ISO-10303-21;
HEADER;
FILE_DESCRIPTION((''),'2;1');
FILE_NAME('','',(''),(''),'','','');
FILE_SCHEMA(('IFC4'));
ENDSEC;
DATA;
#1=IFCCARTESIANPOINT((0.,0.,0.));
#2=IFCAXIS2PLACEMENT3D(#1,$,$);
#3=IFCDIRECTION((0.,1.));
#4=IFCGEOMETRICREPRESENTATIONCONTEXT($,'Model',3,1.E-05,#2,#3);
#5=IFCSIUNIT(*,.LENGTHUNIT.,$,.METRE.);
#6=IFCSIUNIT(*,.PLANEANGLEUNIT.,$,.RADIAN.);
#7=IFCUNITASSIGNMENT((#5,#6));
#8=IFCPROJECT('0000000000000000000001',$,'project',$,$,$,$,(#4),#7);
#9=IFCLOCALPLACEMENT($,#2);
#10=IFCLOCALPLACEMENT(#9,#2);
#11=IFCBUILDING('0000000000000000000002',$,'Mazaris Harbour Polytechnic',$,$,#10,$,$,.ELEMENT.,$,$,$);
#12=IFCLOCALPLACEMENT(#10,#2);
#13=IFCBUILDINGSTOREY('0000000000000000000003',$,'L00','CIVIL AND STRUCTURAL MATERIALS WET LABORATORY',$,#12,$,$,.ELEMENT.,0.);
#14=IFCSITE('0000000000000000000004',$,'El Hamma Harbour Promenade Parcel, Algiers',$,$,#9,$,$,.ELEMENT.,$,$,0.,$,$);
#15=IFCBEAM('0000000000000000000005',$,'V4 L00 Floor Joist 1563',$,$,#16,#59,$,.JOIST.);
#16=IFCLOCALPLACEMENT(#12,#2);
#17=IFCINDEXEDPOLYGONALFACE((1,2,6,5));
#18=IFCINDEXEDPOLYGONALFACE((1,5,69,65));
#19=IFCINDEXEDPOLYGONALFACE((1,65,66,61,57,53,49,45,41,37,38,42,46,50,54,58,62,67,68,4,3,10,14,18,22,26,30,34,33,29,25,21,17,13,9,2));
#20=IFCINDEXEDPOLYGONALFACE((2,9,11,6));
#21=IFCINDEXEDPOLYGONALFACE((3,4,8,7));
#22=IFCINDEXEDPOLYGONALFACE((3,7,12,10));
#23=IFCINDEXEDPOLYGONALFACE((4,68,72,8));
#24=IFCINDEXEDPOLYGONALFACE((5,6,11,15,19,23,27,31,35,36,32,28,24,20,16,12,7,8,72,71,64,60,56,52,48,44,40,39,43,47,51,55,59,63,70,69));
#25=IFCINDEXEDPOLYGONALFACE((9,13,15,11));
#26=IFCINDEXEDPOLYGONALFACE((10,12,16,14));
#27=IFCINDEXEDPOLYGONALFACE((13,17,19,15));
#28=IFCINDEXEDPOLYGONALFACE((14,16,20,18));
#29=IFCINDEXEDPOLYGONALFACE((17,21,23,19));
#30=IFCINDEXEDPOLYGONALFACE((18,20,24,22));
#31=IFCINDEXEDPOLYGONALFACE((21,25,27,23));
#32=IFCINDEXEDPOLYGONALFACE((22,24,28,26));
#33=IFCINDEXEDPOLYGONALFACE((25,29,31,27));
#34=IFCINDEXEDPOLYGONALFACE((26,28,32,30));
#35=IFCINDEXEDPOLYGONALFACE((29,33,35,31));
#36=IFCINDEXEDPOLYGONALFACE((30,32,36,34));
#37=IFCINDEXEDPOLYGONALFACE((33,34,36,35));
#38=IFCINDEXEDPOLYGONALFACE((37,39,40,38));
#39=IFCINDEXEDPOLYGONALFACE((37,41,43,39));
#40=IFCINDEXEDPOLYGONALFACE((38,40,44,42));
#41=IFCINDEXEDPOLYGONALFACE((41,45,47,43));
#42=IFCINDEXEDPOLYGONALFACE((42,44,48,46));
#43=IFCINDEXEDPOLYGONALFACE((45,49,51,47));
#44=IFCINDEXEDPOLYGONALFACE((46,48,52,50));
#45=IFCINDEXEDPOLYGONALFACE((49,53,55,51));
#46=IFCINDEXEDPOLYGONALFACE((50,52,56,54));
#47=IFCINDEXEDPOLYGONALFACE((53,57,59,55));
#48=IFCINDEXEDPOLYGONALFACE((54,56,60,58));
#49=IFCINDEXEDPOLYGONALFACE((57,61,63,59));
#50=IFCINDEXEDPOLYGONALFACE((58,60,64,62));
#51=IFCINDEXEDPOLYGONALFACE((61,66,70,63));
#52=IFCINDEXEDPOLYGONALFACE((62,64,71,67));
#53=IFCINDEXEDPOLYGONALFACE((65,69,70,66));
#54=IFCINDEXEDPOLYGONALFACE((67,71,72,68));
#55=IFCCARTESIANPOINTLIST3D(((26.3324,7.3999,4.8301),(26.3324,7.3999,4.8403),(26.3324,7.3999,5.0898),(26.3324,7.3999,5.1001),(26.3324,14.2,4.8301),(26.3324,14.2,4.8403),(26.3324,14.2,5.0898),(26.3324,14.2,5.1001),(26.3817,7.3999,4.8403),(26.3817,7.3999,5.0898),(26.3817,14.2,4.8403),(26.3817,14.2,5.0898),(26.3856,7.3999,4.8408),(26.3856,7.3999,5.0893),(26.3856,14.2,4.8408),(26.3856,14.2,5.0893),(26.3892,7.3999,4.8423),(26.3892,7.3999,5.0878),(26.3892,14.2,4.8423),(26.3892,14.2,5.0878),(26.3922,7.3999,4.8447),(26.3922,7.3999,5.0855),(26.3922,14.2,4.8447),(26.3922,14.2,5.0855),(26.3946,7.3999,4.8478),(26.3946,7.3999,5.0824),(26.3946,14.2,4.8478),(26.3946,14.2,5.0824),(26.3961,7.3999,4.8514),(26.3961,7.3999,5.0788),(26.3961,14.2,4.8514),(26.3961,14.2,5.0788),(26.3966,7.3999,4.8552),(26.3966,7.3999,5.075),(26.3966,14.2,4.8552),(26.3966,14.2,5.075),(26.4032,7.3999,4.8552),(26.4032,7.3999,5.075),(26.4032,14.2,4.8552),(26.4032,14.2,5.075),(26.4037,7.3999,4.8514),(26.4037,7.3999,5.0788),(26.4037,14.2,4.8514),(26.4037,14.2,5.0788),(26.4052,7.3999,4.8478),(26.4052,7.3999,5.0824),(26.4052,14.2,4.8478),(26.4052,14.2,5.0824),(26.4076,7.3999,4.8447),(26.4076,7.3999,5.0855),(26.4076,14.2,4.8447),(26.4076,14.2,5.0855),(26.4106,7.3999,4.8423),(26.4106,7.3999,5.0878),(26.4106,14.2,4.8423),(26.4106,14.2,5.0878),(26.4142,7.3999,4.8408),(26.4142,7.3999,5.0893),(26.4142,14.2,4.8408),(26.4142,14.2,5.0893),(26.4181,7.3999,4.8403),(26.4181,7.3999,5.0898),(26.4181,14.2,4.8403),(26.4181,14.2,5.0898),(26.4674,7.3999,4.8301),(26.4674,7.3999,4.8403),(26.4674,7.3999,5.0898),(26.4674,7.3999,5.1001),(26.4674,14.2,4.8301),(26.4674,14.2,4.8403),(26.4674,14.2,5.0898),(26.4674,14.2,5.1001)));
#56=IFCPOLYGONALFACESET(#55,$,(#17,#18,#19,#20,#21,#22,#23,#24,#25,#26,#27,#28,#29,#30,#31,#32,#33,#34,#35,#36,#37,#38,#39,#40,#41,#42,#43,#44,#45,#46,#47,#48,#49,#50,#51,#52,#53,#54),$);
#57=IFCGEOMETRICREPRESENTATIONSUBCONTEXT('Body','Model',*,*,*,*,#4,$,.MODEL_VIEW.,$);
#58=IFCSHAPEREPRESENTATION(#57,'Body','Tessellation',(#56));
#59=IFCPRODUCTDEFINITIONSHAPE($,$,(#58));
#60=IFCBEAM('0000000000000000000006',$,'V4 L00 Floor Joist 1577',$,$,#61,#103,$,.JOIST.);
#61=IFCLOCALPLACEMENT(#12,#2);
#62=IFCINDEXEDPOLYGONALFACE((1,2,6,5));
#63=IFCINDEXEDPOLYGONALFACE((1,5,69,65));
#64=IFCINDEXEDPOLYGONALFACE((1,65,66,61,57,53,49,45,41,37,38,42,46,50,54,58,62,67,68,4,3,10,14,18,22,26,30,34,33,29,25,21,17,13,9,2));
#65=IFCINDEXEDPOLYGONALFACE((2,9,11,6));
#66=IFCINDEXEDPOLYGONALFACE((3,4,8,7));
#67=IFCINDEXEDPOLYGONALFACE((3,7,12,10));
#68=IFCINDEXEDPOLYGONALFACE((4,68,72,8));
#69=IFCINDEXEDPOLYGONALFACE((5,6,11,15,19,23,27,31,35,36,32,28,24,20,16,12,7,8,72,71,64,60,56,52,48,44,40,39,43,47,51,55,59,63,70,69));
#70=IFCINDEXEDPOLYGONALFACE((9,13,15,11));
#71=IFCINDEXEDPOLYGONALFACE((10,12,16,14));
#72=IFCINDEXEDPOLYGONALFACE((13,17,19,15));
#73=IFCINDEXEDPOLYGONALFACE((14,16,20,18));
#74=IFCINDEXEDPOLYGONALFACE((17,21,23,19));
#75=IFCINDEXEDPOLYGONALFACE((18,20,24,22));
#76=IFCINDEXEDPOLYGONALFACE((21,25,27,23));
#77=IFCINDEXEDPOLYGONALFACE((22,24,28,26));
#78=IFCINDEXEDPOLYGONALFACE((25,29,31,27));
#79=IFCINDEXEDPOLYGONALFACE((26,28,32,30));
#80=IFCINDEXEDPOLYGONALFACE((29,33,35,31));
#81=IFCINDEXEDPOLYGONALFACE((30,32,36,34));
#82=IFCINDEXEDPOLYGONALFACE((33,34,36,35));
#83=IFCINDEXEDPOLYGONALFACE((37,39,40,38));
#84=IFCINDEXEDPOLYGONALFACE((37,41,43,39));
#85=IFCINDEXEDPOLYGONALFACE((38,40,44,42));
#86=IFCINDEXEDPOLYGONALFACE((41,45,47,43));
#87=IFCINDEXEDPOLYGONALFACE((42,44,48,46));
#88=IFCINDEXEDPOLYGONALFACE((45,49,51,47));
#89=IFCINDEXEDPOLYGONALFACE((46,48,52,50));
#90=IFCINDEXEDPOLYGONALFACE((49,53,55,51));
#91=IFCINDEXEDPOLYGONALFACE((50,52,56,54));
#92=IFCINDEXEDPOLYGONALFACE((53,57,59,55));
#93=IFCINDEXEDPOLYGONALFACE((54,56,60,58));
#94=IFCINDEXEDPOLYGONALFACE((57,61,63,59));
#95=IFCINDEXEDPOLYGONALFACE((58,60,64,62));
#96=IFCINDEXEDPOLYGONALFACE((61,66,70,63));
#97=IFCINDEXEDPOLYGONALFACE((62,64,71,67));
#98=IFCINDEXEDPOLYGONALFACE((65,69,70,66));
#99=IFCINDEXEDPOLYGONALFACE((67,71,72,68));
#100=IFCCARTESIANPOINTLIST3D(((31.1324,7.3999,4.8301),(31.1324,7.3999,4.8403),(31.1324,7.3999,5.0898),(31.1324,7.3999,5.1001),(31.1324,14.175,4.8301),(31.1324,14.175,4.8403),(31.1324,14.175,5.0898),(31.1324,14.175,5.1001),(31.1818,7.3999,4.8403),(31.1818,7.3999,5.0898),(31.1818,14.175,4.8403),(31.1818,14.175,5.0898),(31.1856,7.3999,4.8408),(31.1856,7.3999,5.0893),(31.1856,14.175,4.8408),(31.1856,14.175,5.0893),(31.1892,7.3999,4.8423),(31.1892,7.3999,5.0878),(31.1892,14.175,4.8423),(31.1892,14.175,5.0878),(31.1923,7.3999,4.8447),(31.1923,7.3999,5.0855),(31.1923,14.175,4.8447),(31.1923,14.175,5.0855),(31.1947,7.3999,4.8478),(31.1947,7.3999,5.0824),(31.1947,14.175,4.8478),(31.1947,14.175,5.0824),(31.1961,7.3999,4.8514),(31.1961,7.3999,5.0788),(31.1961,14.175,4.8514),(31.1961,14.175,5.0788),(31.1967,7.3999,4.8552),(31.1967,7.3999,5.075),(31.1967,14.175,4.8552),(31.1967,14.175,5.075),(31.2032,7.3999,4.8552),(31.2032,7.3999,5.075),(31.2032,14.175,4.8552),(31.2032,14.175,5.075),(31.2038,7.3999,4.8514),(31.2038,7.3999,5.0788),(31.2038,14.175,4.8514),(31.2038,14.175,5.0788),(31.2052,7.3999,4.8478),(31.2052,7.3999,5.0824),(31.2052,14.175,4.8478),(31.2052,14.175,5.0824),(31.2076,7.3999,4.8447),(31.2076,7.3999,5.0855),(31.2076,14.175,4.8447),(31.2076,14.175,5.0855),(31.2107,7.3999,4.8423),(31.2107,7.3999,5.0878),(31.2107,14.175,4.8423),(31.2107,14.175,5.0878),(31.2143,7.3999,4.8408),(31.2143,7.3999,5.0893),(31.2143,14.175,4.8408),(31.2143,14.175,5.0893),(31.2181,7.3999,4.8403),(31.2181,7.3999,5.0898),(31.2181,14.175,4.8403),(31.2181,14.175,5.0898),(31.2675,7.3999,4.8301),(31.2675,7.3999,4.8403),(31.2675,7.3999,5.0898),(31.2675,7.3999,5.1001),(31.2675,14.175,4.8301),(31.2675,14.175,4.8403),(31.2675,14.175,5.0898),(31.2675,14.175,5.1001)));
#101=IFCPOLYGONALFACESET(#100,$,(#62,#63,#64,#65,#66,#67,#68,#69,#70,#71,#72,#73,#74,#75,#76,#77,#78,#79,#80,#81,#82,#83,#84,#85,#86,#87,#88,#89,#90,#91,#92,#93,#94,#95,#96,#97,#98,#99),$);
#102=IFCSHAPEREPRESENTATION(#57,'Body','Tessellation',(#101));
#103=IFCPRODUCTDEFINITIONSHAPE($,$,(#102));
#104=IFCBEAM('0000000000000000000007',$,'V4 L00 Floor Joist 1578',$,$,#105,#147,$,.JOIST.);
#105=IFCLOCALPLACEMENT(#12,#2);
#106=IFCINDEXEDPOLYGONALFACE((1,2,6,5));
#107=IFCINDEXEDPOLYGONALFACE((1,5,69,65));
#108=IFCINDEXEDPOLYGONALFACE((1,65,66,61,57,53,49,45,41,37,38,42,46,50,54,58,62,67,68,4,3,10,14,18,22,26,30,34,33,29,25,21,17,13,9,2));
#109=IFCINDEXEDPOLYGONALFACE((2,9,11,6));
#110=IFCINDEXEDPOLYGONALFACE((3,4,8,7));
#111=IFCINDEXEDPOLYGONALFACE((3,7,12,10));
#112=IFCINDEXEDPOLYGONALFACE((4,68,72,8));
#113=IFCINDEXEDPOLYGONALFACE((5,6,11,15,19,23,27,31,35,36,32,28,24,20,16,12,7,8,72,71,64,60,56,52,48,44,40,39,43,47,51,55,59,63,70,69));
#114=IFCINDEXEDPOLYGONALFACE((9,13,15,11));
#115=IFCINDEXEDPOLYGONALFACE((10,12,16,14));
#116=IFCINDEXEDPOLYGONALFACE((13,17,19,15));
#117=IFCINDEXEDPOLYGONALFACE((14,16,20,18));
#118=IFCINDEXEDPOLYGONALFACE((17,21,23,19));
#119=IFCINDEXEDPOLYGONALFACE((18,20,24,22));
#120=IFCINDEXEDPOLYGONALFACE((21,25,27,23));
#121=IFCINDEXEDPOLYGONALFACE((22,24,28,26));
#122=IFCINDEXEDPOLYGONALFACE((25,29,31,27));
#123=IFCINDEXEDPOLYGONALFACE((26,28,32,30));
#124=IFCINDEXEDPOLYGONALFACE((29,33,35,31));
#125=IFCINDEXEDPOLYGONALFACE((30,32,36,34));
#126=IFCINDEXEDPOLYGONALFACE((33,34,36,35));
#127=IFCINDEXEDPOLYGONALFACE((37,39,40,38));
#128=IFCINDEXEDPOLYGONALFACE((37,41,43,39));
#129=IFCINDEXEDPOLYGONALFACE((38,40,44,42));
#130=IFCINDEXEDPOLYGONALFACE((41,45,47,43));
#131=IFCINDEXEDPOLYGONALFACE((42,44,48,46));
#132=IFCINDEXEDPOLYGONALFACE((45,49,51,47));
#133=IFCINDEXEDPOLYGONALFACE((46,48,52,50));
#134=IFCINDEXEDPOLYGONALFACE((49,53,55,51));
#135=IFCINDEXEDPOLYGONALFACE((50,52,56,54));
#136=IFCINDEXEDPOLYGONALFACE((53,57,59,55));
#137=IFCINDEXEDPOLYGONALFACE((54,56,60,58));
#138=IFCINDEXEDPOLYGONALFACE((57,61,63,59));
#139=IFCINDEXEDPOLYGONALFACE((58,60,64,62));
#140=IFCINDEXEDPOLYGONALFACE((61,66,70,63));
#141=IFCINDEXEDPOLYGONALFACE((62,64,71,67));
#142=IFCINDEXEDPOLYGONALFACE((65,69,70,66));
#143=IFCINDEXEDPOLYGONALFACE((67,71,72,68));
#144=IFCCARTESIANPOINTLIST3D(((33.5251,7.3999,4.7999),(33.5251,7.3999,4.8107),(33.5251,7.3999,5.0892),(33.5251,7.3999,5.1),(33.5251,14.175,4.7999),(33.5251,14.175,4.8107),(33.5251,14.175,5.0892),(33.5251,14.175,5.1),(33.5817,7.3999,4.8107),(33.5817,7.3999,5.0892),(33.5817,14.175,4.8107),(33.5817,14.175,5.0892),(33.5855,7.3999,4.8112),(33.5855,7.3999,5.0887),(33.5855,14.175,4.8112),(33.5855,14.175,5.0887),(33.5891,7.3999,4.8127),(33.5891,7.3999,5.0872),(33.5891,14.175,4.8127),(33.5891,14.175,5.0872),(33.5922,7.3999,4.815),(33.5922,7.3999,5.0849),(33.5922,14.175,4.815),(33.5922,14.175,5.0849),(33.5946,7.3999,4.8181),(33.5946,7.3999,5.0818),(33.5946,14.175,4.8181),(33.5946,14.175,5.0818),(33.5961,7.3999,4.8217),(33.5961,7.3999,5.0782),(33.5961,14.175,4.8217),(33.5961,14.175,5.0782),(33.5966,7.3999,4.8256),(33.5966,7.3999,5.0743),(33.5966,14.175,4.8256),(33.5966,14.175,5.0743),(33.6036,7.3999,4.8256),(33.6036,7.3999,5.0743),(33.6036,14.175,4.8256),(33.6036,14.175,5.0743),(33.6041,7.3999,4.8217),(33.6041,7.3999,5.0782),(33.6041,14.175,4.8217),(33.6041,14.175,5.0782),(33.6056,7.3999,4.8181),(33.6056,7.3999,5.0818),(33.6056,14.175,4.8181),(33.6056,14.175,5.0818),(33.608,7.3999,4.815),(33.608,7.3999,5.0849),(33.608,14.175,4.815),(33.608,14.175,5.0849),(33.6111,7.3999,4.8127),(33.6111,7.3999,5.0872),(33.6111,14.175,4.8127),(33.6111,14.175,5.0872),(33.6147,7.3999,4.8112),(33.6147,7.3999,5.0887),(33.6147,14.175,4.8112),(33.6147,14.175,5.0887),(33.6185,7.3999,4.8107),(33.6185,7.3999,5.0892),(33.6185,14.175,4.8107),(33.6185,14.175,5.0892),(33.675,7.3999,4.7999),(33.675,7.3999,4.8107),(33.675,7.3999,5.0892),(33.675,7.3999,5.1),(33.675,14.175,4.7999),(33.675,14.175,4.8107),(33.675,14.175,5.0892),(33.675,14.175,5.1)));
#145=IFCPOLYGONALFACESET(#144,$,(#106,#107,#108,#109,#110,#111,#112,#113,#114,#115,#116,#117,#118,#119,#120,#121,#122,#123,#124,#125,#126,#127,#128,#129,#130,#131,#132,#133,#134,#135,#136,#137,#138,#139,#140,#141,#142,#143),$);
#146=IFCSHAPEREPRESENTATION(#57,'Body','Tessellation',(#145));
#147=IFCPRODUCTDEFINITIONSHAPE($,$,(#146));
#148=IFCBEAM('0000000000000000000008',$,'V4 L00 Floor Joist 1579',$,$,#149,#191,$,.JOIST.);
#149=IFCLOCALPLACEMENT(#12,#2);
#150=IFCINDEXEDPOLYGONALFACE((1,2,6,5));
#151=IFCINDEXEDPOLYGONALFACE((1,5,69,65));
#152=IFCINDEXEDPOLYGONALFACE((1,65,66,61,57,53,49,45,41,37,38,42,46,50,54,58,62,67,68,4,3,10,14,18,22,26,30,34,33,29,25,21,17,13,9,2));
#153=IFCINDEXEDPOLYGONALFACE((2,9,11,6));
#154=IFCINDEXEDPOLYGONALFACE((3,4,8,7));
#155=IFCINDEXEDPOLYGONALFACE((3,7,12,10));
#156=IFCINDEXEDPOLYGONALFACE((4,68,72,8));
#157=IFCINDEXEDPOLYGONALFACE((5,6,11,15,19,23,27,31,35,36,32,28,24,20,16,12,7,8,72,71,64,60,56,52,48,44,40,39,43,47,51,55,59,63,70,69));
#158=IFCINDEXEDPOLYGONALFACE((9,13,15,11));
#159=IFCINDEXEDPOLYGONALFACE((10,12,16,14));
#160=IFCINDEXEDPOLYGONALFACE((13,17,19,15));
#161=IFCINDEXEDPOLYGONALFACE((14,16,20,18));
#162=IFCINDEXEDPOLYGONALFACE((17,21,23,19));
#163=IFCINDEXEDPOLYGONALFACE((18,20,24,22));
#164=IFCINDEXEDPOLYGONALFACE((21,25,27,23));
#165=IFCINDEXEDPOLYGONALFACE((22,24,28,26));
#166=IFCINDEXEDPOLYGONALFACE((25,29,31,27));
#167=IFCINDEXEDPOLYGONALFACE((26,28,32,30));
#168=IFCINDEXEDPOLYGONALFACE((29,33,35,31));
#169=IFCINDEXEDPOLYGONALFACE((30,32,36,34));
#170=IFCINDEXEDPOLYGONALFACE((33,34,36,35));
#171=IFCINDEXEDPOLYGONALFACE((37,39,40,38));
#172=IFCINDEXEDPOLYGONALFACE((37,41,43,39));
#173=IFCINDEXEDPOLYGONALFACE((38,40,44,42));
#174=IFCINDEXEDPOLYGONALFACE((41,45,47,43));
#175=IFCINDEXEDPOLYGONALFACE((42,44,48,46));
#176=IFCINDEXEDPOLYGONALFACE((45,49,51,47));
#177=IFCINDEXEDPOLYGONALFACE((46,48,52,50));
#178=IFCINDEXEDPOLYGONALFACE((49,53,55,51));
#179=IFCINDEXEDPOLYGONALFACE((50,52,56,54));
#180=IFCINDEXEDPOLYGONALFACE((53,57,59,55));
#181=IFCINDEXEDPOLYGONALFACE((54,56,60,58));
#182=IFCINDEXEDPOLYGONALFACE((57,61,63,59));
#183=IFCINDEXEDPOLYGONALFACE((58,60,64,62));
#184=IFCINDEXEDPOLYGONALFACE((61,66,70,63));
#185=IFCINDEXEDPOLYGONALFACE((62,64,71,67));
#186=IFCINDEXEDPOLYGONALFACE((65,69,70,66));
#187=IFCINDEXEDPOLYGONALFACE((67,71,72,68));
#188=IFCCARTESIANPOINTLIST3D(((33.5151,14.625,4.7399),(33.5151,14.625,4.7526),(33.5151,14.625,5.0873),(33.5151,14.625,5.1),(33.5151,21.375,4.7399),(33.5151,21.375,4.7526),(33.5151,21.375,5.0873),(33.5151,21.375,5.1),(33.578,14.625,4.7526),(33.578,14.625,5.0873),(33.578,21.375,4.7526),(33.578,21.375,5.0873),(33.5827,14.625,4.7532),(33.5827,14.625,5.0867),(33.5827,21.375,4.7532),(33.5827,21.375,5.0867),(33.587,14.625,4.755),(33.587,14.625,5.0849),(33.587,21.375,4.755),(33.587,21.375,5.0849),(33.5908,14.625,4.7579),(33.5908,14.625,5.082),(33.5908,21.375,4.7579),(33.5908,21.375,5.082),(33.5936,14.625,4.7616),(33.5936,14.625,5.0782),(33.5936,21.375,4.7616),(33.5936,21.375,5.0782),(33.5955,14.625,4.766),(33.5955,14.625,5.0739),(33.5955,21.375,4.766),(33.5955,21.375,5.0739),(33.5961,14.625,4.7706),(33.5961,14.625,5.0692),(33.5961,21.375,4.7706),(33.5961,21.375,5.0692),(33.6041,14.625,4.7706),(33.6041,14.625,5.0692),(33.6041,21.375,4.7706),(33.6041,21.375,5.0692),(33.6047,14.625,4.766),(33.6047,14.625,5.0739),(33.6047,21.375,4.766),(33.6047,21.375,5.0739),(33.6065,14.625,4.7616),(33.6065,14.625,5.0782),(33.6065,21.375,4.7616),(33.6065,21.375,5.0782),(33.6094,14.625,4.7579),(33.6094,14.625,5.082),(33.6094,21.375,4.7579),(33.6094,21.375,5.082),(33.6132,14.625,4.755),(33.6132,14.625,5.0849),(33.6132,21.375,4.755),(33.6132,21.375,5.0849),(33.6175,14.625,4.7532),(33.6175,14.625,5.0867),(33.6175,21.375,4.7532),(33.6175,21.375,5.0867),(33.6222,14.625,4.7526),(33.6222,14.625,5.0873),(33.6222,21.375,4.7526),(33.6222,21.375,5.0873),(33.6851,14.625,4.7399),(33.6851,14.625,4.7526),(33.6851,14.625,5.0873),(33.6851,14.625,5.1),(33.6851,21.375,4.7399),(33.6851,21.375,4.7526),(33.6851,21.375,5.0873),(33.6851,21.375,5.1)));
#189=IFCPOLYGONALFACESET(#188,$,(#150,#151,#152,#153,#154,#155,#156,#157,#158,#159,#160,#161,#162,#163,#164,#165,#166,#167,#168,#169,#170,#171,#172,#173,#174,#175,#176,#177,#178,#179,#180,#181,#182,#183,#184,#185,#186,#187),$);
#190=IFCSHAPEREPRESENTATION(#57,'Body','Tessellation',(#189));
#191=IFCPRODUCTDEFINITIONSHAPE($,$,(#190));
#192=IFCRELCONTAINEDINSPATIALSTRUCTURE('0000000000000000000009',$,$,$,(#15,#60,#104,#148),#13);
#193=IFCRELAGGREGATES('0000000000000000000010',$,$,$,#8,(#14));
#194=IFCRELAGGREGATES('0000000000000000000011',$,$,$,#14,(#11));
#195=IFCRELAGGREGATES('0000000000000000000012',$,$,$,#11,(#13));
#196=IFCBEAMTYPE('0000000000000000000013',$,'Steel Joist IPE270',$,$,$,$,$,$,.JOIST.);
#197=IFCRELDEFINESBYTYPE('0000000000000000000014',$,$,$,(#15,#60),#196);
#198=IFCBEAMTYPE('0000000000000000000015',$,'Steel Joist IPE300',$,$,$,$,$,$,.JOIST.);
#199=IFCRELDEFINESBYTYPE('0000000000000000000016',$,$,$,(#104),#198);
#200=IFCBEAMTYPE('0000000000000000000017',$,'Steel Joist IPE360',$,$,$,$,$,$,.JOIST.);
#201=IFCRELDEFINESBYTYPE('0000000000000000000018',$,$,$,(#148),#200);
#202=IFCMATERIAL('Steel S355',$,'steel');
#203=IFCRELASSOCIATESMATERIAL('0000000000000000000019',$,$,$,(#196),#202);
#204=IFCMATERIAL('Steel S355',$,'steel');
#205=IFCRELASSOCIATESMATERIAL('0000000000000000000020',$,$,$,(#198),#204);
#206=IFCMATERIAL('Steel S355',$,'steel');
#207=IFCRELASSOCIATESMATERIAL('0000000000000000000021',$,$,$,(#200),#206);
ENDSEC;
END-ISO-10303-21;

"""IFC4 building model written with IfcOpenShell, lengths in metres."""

from ifc_helpers import new_model, si_unit, direction, frame, origin, origin_2d, place, context, subcontext, project, spatial, i_section, extrude, material, material_profile, profile_set, type_object, element, save


model = new_model("IFC4")

# Units and contexts
model_context = context("Model", 3, precision=1e-05, world=origin(), true_north=direction((0.0, 1.0)))
body_context = subcontext(model_context, "Body", "Model", "MODEL_VIEW")
ifc_project = project(units=[si_unit("LENGTHUNIT", "METRE"), si_unit("PLANEANGLEUNIT", "RADIAN")], contexts=[model_context])

# Site, building, storey
site_placement = place(None, origin())
site = spatial("IfcSite", under=ifc_project, at=site_placement, Name="El Hamma Harbour Promenade Parcel, Algiers", CompositionType="ELEMENT", RefElevation=0.0)
building_placement = place(site_placement, origin())
building = spatial("IfcBuilding", under=site, at=building_placement, Name="Mazaris Harbour Polytechnic", CompositionType="ELEMENT")
storey_placement = place(building_placement, origin())
storey = spatial("IfcBuildingStorey", under=building, at=storey_placement, Name="L00", Description="CIVIL AND STRUCTURAL MATERIALS WET LABORATORY", CompositionType="ELEMENT", Elevation=0.0)

# Beams
ifc_material_1 = material(Name="Steel S355", Category="steel")
ifc_material_profile_1 = material_profile(ifc_material_1, i_section(OverallWidth=0.135, OverallDepth=0.27, WebThickness=0.0066, FlangeThickness=0.0103, FilletRadius=0.0149, at=origin_2d()), Name="IPE 270")
ifc_profile_set_1 = profile_set([ifc_material_profile_1], Name="Steel S355")
beam_type_1 = type_object("IfcBeamType", Name="Steel Joist IPE270", PredefinedType="JOIST", material=ifc_profile_set_1)
beam_1_placement = place(storey_placement, frame((26.3999, 7.3999, 4.9651), z_axis=(0.0, 1.0, 0.0), x_axis=(-1.0, 0.0, 0.0)))
element("IfcBeam", 1, at=beam_1_placement, inside=storey, type_object=beam_type_1, Name="V4 L00 Floor Joist 1563", PredefinedType="JOIST", context=body_context, shape_type="SweptSolid", body=[
    extrude(i_section(OverallWidth=0.135, OverallDepth=0.27, WebThickness=0.0066, FlangeThickness=0.0103, FilletRadius=0.0149, at=origin_2d()), origin(), (0.0, 0.0, 1.0), 6.8),
])
beam_2_placement = place(storey_placement, frame((31.2, 7.3999, 4.9651), z_axis=(0.0, 1.0, 0.0), x_axis=(-1.0, 0.0, 0.0)))
element("IfcBeam", 2, at=beam_2_placement, inside=storey, type_object=beam_type_1, Name="V4 L00 Floor Joist 1577", PredefinedType="JOIST", context=body_context, shape_type="SweptSolid", body=[
    extrude(i_section(OverallWidth=0.135, OverallDepth=0.27, WebThickness=0.0066, FlangeThickness=0.0103, FilletRadius=0.0149, at=origin_2d()), origin(), (0.0, 0.0, 1.0), 6.7751),
])
ifc_material_2 = material(Name="Steel S355", Category="steel")
ifc_material_profile_2 = material_profile(ifc_material_2, i_section(OverallWidth=0.1499, OverallDepth=0.3, WebThickness=0.0071, FlangeThickness=0.0107, FilletRadius=0.0149, at=origin_2d()), Name="IPE 300")
ifc_profile_set_2 = profile_set([ifc_material_profile_2], Name="Steel S355")
beam_type_2 = type_object("IfcBeamType", Name="Steel Joist IPE300", PredefinedType="JOIST", material=ifc_profile_set_2)
beam_3_placement = place(storey_placement, frame((33.6001, 7.3999, 4.95), z_axis=(0.0, 1.0, 0.0), x_axis=(-1.0, 0.0, 0.0)))
element("IfcBeam", 3, at=beam_3_placement, inside=storey, type_object=beam_type_2, Name="V4 L00 Floor Joist 1578", PredefinedType="JOIST", context=body_context, shape_type="SweptSolid", body=[
    extrude(i_section(OverallWidth=0.1499, OverallDepth=0.3, WebThickness=0.0071, FlangeThickness=0.0107, FilletRadius=0.0149, at=origin_2d()), origin(), (0.0, 0.0, 1.0), 6.7751),
])
ifc_material_3 = material(Name="Steel S355", Category="steel")
ifc_material_profile_3 = material_profile(ifc_material_3, i_section(OverallWidth=0.1699, OverallDepth=0.3601, WebThickness=0.0081, FlangeThickness=0.0127, FilletRadius=0.0181, at=origin_2d()), Name="IPE 360")
ifc_profile_set_3 = profile_set([ifc_material_profile_3], Name="Steel S355")
beam_type_3 = type_object("IfcBeamType", Name="Steel Joist IPE360", PredefinedType="JOIST", material=ifc_profile_set_3)
beam_4_placement = place(storey_placement, frame((33.6001, 14.625, 4.9199), z_axis=(0.0, 1.0, 0.0), x_axis=(-1.0, 0.0, 0.0)))
element("IfcBeam", 4, at=beam_4_placement, inside=storey, type_object=beam_type_3, Name="V4 L00 Floor Joist 1579", PredefinedType="JOIST", context=body_context, shape_type="SweptSolid", body=[
    extrude(i_section(OverallWidth=0.1699, OverallDepth=0.3601, WebThickness=0.0081, FlangeThickness=0.0127, FilletRadius=0.0181, at=origin_2d()), origin(), (0.0, 0.0, 1.0), 6.75),
])

save(model, "model.ifc")
